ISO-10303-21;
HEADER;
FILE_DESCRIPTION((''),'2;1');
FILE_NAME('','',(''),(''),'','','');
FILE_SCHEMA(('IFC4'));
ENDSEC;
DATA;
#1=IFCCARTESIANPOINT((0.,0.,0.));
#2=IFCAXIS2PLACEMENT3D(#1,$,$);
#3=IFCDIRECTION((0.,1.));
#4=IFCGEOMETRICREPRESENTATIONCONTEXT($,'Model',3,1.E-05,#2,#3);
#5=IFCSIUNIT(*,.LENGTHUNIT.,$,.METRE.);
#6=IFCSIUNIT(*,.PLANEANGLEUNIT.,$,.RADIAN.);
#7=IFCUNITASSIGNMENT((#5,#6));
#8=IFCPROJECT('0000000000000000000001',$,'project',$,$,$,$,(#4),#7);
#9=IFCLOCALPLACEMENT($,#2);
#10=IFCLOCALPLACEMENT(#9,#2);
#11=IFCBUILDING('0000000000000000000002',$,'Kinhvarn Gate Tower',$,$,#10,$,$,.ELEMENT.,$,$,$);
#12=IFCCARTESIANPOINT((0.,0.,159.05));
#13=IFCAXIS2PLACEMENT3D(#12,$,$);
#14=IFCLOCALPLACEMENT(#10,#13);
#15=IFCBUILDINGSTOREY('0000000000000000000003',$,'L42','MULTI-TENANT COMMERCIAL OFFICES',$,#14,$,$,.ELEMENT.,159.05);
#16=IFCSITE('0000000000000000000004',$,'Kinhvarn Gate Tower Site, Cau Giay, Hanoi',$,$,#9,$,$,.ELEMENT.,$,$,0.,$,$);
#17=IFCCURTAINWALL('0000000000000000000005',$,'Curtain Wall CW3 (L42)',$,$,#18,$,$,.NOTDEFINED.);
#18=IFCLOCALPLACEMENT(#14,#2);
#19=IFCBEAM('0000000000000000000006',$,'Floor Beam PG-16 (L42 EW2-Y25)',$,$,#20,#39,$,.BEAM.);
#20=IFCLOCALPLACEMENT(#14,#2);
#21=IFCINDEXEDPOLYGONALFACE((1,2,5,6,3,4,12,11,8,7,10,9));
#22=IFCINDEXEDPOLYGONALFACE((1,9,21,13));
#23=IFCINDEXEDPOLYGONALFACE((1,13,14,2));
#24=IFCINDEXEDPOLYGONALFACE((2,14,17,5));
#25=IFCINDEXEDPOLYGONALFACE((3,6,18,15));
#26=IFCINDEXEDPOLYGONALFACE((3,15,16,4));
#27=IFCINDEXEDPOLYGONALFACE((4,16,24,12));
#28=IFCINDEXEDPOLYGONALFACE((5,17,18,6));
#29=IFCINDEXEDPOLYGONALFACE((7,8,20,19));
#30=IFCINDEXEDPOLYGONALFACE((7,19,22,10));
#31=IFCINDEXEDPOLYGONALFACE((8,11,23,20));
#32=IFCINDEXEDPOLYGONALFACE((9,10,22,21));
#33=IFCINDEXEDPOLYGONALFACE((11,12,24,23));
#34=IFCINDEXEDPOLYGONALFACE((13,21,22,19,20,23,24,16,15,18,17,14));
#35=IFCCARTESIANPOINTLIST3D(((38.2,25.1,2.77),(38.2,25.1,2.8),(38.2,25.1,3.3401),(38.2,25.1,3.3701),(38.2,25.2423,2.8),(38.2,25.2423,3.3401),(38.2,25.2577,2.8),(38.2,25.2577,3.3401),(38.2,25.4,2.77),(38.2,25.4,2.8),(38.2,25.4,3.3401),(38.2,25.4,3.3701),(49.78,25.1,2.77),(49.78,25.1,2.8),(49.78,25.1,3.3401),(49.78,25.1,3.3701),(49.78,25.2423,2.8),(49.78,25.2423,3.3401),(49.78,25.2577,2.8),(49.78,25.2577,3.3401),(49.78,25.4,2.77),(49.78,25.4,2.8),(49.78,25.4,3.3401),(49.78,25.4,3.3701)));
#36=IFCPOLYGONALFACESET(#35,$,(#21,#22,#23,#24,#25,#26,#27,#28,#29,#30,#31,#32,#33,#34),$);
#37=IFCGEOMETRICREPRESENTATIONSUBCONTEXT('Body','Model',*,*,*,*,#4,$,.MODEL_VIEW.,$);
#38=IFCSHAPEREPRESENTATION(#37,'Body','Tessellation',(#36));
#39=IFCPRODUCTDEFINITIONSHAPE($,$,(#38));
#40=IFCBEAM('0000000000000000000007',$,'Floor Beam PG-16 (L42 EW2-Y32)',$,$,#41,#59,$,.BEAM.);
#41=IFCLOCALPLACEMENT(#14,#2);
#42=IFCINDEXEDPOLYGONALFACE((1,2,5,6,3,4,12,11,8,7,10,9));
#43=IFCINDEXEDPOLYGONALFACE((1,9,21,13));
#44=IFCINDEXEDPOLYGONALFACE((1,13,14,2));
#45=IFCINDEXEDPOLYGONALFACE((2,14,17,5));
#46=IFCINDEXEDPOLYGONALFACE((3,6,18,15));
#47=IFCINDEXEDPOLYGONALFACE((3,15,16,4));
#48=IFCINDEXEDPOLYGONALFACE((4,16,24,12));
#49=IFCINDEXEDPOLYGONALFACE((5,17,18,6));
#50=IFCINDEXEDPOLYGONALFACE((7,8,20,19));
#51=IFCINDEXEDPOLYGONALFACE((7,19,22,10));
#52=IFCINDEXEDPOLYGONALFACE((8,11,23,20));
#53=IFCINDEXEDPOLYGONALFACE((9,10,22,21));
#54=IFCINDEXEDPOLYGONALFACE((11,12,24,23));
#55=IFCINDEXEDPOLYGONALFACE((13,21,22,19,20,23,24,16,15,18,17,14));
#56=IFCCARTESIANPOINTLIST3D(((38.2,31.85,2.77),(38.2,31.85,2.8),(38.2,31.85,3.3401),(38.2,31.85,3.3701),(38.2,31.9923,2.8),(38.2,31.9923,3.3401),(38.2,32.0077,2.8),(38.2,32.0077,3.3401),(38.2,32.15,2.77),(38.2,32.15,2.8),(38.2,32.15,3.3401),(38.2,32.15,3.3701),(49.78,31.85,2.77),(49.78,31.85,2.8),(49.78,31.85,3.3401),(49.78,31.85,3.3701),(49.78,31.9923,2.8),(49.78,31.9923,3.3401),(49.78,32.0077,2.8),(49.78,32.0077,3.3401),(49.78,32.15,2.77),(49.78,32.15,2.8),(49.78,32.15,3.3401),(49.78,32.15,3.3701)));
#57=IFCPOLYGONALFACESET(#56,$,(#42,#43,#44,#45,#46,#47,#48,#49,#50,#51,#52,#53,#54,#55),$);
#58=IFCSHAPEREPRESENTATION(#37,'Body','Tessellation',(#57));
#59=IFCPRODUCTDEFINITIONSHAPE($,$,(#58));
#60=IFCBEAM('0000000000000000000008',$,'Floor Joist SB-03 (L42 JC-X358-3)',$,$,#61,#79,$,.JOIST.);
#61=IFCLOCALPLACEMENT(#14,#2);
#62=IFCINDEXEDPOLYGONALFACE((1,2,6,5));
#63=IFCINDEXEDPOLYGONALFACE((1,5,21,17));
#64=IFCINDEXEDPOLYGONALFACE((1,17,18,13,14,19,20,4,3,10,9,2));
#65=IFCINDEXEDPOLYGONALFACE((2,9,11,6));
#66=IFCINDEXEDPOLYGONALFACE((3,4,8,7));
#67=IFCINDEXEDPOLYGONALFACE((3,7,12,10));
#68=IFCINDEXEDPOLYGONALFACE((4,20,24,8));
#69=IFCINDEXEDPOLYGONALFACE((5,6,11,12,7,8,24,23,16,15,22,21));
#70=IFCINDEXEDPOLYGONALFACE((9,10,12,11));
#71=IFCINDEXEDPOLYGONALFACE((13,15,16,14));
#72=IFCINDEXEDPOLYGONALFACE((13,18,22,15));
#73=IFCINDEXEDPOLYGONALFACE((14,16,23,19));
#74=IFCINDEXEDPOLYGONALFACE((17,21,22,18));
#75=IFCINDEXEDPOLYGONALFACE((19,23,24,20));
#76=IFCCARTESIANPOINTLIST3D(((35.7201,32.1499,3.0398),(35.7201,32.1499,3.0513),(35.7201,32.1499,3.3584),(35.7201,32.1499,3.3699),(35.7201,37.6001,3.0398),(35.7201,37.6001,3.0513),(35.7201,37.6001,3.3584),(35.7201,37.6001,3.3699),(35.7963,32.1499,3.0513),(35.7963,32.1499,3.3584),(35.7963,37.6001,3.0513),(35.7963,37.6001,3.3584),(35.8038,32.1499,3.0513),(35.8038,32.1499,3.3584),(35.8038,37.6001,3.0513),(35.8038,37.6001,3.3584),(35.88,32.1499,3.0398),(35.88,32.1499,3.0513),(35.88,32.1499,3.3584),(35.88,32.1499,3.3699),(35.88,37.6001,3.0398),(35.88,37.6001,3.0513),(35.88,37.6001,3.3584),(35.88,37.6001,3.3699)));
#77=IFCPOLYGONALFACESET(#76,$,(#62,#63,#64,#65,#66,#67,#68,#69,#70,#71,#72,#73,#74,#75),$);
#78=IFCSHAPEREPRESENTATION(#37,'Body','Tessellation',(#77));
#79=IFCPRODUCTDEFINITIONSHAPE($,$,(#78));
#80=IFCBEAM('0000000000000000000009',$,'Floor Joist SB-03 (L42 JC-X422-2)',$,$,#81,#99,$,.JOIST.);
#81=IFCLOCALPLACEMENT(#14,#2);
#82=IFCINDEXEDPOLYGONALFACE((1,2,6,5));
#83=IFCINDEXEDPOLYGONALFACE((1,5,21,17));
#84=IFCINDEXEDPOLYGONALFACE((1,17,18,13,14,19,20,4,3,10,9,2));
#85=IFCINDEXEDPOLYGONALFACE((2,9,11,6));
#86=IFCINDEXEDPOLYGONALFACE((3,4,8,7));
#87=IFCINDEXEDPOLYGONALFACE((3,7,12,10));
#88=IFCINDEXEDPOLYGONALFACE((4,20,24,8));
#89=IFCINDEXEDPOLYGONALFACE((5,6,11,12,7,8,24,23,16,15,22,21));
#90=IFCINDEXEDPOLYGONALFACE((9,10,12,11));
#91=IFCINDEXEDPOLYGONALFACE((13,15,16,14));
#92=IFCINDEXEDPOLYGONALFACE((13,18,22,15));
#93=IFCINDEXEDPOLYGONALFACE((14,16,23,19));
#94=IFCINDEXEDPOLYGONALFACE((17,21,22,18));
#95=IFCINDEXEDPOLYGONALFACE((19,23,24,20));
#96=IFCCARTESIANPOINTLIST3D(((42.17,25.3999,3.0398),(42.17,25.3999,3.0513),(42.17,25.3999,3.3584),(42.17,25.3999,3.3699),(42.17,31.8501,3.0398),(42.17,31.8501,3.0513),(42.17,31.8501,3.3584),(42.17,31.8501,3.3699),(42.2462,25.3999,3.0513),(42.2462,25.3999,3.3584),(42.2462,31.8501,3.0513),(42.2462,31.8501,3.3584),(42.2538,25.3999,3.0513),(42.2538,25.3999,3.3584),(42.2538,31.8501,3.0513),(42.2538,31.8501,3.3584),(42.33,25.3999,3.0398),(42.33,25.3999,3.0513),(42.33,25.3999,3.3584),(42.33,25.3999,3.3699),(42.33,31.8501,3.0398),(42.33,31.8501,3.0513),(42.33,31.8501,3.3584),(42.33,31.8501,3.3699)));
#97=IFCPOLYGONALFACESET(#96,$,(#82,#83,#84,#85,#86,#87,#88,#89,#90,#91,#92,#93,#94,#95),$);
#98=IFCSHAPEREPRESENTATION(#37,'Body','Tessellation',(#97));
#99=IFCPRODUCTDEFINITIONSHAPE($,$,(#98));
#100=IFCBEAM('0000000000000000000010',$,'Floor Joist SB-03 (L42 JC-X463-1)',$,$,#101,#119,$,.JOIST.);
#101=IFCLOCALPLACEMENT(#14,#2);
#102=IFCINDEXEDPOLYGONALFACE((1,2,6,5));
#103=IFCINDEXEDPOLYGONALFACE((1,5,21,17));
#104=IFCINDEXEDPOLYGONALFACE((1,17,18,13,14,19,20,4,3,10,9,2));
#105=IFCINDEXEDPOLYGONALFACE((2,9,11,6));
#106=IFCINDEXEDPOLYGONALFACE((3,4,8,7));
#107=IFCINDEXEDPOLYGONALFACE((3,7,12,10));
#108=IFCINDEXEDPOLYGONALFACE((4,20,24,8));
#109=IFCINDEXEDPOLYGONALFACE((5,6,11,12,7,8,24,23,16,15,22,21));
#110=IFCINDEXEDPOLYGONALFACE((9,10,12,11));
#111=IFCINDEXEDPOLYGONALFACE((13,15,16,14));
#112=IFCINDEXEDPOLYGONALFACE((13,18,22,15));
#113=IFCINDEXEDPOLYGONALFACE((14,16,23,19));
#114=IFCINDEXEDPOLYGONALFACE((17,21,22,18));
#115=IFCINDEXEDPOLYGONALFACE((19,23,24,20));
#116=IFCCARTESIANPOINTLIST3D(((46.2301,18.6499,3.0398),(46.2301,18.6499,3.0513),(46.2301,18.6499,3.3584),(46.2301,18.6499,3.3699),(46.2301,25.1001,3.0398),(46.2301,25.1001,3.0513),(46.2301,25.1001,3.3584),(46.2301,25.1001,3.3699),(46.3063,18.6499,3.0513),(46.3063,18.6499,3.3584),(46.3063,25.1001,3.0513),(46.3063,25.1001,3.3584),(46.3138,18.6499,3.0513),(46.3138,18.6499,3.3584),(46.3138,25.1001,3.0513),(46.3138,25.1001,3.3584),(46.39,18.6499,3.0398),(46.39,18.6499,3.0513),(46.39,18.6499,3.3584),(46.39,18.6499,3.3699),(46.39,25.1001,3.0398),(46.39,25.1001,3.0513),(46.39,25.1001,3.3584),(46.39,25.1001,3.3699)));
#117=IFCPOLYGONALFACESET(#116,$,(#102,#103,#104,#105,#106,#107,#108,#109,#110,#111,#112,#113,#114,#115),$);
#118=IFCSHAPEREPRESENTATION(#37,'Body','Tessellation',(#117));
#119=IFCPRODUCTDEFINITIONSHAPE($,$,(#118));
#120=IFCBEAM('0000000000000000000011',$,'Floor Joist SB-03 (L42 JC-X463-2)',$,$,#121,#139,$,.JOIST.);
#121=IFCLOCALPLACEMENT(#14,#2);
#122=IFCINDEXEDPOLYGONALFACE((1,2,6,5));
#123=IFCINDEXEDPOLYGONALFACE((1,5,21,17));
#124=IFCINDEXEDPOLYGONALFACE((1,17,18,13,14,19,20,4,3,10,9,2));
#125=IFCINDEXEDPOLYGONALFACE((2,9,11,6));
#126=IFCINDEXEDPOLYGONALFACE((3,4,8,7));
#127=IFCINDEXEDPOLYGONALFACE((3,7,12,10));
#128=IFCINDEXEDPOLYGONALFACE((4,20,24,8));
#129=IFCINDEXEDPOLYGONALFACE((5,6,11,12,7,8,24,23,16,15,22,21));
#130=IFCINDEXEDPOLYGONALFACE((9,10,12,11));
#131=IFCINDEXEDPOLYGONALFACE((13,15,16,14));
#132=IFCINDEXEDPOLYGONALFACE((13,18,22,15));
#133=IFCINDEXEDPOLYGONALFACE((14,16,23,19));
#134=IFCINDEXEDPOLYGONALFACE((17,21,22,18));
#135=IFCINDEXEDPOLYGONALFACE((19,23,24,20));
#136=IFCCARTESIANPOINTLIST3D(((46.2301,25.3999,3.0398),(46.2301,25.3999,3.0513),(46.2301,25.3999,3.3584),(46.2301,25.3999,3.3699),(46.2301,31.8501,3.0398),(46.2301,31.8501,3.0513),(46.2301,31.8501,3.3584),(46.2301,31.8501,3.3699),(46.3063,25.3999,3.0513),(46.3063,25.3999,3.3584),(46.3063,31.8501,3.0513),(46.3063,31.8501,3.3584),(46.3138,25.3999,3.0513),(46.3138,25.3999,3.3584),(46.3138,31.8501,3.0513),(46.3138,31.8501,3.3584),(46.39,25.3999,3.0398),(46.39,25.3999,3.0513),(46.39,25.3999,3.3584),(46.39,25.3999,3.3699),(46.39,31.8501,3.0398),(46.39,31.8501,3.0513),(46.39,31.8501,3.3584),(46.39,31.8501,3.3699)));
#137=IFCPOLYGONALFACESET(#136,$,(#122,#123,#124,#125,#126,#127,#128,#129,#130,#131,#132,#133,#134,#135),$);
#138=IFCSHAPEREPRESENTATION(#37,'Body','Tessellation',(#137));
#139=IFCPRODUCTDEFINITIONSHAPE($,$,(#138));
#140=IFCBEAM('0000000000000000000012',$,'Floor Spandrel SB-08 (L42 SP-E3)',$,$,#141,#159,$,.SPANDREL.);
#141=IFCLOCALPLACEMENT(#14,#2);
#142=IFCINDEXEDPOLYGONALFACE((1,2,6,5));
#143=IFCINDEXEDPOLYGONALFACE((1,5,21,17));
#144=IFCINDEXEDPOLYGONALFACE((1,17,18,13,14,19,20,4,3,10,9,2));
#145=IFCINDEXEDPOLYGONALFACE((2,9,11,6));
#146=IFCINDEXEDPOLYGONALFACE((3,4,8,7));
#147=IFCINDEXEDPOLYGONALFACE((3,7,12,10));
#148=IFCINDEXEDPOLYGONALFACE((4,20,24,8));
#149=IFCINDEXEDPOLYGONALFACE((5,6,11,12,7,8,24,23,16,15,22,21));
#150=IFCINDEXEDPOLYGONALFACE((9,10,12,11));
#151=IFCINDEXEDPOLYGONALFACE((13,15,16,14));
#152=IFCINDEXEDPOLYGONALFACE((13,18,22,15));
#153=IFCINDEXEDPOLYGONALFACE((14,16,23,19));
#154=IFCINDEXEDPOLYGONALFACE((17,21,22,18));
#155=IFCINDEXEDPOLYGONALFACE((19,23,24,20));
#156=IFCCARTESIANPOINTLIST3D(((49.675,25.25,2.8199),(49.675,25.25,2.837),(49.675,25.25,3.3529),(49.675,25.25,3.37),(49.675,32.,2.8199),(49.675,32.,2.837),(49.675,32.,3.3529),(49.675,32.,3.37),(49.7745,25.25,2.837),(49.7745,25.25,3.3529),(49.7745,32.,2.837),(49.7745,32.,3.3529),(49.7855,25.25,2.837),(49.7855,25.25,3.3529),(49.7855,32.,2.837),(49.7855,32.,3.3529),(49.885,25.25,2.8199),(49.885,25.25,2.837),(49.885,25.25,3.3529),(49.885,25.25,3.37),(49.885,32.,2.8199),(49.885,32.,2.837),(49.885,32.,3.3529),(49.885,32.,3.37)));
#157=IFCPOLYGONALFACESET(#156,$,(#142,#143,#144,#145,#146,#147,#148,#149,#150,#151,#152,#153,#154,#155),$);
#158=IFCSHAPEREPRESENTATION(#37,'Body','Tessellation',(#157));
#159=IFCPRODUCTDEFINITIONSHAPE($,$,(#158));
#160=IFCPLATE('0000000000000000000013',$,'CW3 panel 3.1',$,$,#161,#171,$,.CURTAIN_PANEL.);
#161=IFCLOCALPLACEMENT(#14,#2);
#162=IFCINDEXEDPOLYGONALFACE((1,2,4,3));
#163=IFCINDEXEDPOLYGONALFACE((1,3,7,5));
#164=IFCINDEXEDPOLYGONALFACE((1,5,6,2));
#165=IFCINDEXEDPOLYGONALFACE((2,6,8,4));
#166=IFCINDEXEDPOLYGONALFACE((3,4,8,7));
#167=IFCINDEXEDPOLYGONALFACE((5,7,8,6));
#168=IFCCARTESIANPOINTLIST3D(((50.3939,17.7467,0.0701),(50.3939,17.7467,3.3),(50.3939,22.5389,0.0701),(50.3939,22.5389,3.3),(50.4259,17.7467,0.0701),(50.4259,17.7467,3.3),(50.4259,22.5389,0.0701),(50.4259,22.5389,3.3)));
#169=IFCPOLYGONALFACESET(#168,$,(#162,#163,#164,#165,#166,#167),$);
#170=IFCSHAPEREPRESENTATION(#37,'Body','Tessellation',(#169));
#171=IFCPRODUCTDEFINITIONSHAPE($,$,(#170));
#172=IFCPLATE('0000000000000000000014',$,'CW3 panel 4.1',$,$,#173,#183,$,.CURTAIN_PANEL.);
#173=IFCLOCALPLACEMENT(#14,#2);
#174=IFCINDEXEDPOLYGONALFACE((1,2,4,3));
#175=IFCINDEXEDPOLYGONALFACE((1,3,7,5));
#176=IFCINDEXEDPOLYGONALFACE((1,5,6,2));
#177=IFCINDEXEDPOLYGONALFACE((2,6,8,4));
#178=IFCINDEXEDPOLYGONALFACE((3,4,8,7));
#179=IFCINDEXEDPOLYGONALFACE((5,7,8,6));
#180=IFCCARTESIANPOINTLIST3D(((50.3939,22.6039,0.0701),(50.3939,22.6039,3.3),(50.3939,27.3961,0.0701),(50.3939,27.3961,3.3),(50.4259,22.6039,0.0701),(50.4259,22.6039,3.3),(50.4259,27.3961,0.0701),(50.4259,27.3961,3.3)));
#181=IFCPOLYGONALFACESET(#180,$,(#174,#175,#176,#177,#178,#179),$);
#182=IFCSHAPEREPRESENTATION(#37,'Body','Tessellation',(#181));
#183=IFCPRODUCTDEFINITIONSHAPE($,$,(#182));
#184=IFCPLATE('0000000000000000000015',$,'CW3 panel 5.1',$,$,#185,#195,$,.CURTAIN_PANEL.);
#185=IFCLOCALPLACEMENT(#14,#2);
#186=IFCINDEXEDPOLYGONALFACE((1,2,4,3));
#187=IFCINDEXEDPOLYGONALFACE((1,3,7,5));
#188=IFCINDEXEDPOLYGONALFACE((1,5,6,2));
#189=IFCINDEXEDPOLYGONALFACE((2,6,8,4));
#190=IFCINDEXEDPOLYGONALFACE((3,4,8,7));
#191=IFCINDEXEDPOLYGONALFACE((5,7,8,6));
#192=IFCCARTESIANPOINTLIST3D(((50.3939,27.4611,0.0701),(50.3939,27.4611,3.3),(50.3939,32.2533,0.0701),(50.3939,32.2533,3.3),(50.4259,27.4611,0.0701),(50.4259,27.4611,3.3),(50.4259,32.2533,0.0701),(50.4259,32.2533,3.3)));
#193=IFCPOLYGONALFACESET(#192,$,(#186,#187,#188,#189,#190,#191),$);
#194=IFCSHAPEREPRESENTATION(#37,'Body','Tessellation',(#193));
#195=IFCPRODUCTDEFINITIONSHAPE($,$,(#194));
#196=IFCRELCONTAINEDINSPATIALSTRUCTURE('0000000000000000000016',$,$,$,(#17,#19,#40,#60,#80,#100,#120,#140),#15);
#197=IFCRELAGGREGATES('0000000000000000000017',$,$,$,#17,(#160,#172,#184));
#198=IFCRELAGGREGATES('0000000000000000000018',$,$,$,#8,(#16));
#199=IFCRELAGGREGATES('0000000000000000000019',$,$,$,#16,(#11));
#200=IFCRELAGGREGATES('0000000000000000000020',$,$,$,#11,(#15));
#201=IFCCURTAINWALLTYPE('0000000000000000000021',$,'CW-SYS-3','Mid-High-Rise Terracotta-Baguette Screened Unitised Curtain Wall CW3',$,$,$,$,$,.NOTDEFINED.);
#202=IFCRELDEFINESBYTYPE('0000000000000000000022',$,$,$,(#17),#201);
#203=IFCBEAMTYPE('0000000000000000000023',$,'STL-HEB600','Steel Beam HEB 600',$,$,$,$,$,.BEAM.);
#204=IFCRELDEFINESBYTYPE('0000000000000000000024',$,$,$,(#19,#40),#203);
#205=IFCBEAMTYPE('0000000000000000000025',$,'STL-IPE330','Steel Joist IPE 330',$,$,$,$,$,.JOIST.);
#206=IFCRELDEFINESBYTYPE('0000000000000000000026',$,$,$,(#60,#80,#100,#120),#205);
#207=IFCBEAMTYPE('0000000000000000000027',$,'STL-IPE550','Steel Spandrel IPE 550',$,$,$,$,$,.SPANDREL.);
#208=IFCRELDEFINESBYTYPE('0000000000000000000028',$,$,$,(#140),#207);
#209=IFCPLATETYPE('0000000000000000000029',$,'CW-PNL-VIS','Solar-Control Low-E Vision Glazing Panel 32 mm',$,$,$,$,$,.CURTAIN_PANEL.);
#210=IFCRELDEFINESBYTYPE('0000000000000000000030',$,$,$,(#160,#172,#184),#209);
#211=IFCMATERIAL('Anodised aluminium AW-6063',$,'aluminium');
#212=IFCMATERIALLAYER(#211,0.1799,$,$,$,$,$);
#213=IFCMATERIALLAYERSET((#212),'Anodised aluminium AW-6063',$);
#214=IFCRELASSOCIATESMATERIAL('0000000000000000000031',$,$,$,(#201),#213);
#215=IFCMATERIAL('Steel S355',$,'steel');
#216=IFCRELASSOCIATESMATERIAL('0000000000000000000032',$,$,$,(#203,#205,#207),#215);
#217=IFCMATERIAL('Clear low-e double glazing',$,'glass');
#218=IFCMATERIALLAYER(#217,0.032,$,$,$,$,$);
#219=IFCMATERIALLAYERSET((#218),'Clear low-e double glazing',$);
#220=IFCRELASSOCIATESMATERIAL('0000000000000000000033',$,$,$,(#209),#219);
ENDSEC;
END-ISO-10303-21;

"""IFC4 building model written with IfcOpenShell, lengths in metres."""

from ifc_helpers import new_model, si_unit, direction, frame, origin, origin_2d, place, context, subcontext, project, spatial, rectangle, i_section, extrude, material, layer, layer_set, material_profile, profile_set, type_object, element, aggregate, save


model = new_model("IFC4")

# Units and contexts
model_context = context("Model", 3, precision=1e-05, world=origin(), true_north=direction((0.0, 1.0)))
body_context = subcontext(model_context, "Body", "Model", "MODEL_VIEW")
ifc_project = project(units=[si_unit("LENGTHUNIT", "METRE"), si_unit("PLANEANGLEUNIT", "RADIAN")], contexts=[model_context])

# Site, building, storey
site_placement = place(None, origin())
site = spatial("IfcSite", under=ifc_project, at=site_placement, Name="Kinhvarn Gate Tower Site, Cau Giay, Hanoi", CompositionType="ELEMENT", RefElevation=0.0)
building_placement = place(site_placement, origin())
building = spatial("IfcBuilding", under=site, at=building_placement, Name="Kinhvarn Gate Tower", CompositionType="ELEMENT")
storey_placement = place(building_placement, frame((0.0, 0.0, 159.05)))
storey = spatial("IfcBuildingStorey", under=building, at=storey_placement, Name="L42", Description="MULTI-TENANT COMMERCIAL OFFICES", CompositionType="ELEMENT", Elevation=159.05)

# Curtain wall
ifc_material_1 = material(Name="Anodised aluminium AW-6063", Category="aluminium")
ifc_layer_1 = layer(ifc_material_1, 0.1799)
ifc_layer_set_1 = layer_set([ifc_layer_1], Name="Anodised aluminium AW-6063")
curtain_wall_type = type_object("IfcCurtainWallType", Name="CW-SYS-3", Description="Mid-High-Rise Terracotta-Baguette Screened Unitised Curtain Wall CW3", PredefinedType="NOTDEFINED", material=ifc_layer_set_1)
curtain_wall_placement = place(storey_placement, origin())
curtain_wall = element("IfcCurtainWall", 1, at=curtain_wall_placement, inside=storey, type_object=curtain_wall_type, Name="Curtain Wall CW3 (L42)", PredefinedType="NOTDEFINED")

# Beams
ifc_material_2 = material(Name="Steel S355", Category="steel")
ifc_material_profile_1 = material_profile(ifc_material_2, i_section(OverallWidth=0.3, OverallDepth=0.6001, WebThickness=0.0154, FlangeThickness=0.03, at=origin_2d()), Name="HEB 600")
ifc_profile_set_1 = profile_set([ifc_material_profile_1], Name="Steel S355")
beam_type_1 = type_object("IfcBeamType", Name="STL-HEB600", Description="Steel Beam HEB 600", PredefinedType="BEAM", material=ifc_profile_set_1)
for number, where, z_axis, x_axis, name in (
    (2, (38.2, 25.25, 3.0701), (1.0, 0.0, 0.0), (0.0, 1.0, 0.0), "Floor Beam PG-16 (L42 EW2-Y25)"),
    (3, (38.2, 32.0, 3.0701), (1.0, 0.0, 0.0), (0.0, 1.0, 0.0), "Floor Beam PG-16 (L42 EW2-Y32)"),
):
    element("IfcBeam", number, at=place(storey_placement, frame(where, z_axis=z_axis, x_axis=x_axis)), inside=storey, type_object=beam_type_1, Name=name, PredefinedType="BEAM", context=body_context, shape_type="SweptSolid", body=[
        extrude(i_section(OverallWidth=0.3, OverallDepth=0.6001, WebThickness=0.0154, FlangeThickness=0.03, at=origin_2d()), origin(), (0.0, 0.0, 1.0), 11.5801),
    ])
ifc_material_profile_2 = material_profile(ifc_material_2, i_section(OverallWidth=0.1599, OverallDepth=0.3301, WebThickness=0.0076, FlangeThickness=0.0115, at=origin_2d()), Name="IPE 330")
ifc_profile_set_2 = profile_set([ifc_material_profile_2], Name="Steel S355")
beam_type_2 = type_object("IfcBeamType", Name="STL-IPE330", Description="Steel Joist IPE 330", PredefinedType="JOIST", material=ifc_profile_set_2)
beam_1_placement = place(storey_placement, frame((35.8, 32.1499, 3.2048), z_axis=(0.0, 1.0, 0.0), x_axis=(-1.0, 0.0, 0.0)))
element("IfcBeam", 4, at=beam_1_placement, inside=storey, type_object=beam_type_2, Name="Floor Joist SB-03 (L42 JC-X358-3)", PredefinedType="JOIST", context=body_context, shape_type="SweptSolid", body=[
    extrude(i_section(OverallWidth=0.1599, OverallDepth=0.3301, WebThickness=0.0076, FlangeThickness=0.0115, at=origin_2d()), origin(), (0.0, 0.0, 1.0), 5.4502),
])
for number, where, z_axis, x_axis, name in (
    (5, (42.25, 25.3999, 3.2048), (0.0, 1.0, 0.0), (-1.0, 0.0, 0.0), "Floor Joist SB-03 (L42 JC-X422-2)"),
    (6, (46.3101, 18.6499, 3.2048), (0.0, 1.0, 0.0), (-1.0, 0.0, 0.0), "Floor Joist SB-03 (L42 JC-X463-1)"),
    (7, (46.3101, 25.3999, 3.2048), (0.0, 1.0, 0.0), (-1.0, 0.0, 0.0), "Floor Joist SB-03 (L42 JC-X463-2)"),
):
    element("IfcBeam", number, at=place(storey_placement, frame(where, z_axis=z_axis, x_axis=x_axis)), inside=storey, type_object=beam_type_2, Name=name, PredefinedType="JOIST", context=body_context, shape_type="SweptSolid", body=[
        extrude(i_section(OverallWidth=0.1599, OverallDepth=0.3301, WebThickness=0.0076, FlangeThickness=0.0115, at=origin_2d()), origin(), (0.0, 0.0, 1.0), 6.4502),
    ])
ifc_material_profile_3 = material_profile(ifc_material_2, i_section(OverallWidth=0.21, OverallDepth=0.55, WebThickness=0.011, FlangeThickness=0.0171, at=origin_2d()), Name="IPE 550")
ifc_profile_set_3 = profile_set([ifc_material_profile_3], Name="Steel S355")
beam_type_3 = type_object("IfcBeamType", Name="STL-IPE550", Description="Steel Spandrel IPE 550", PredefinedType="SPANDREL", material=ifc_profile_set_3)
beam_2_placement = place(storey_placement, frame((49.78, 25.25, 3.095), z_axis=(0.0, 1.0, 0.0), x_axis=(-1.0, 0.0, 0.0)))
element("IfcBeam", 8, at=beam_2_placement, inside=storey, type_object=beam_type_3, Name="Floor Spandrel SB-08 (L42 SP-E3)", PredefinedType="SPANDREL", context=body_context, shape_type="SweptSolid", body=[
    extrude(i_section(OverallWidth=0.21, OverallDepth=0.55, WebThickness=0.011, FlangeThickness=0.0171, at=origin_2d()), origin(), (0.0, 0.0, 1.0), 6.75),
])

# Plates
ifc_material_3 = material(Name="Clear low-e double glazing", Category="glass")
ifc_layer_2 = layer(ifc_material_3, 0.032)
ifc_layer_set_2 = layer_set([ifc_layer_2], Name="Clear low-e double glazing")
plate_type = type_object("IfcPlateType", Name="CW-PNL-VIS", Description="Solar-Control Low-E Vision Glazing Panel 32 mm", PredefinedType="CURTAIN_PANEL", material=ifc_layer_set_2)
plate_1_placement = place(storey_placement, frame((50.4099, 20.1428, 0.0701), z_axis=(0.0, 0.0, 1.0), x_axis=(0.0, 1.0, 0.0)))
plate_1 = element("IfcPlate", 9, at=plate_1_placement, type_object=plate_type, Name="CW3 panel 3.1", PredefinedType="CURTAIN_PANEL", context=body_context, shape_type="SweptSolid", body=[
    extrude(rectangle(XDim=4.7922, YDim=0.032, at=origin_2d()), origin(), (0.0, 0.0, 1.0), 3.23),
])
plate_2_placement = place(storey_placement, frame((50.4099, 25.0, 0.0701), z_axis=(0.0, 0.0, 1.0), x_axis=(0.0, 1.0, 0.0)))
plate_2 = element("IfcPlate", 10, at=plate_2_placement, type_object=plate_type, Name="CW3 panel 4.1", PredefinedType="CURTAIN_PANEL", context=body_context, shape_type="SweptSolid", body=[
    extrude(rectangle(XDim=4.7922, YDim=0.032, at=origin_2d()), origin(), (0.0, 0.0, 1.0), 3.23),
])
plate_3_placement = place(storey_placement, frame((50.4099, 29.8572, 0.0701), z_axis=(0.0, 0.0, 1.0), x_axis=(0.0, 1.0, 0.0)))
plate_3 = element("IfcPlate", 11, at=plate_3_placement, type_object=plate_type, Name="CW3 panel 5.1", PredefinedType="CURTAIN_PANEL", context=body_context, shape_type="SweptSolid", body=[
    extrude(rectangle(XDim=4.7922, YDim=0.032, at=origin_2d()), origin(), (0.0, 0.0, 1.0), 3.23),
])
aggregate(curtain_wall, [plate_1, plate_2, plate_3])

save(model, "model.ifc")
